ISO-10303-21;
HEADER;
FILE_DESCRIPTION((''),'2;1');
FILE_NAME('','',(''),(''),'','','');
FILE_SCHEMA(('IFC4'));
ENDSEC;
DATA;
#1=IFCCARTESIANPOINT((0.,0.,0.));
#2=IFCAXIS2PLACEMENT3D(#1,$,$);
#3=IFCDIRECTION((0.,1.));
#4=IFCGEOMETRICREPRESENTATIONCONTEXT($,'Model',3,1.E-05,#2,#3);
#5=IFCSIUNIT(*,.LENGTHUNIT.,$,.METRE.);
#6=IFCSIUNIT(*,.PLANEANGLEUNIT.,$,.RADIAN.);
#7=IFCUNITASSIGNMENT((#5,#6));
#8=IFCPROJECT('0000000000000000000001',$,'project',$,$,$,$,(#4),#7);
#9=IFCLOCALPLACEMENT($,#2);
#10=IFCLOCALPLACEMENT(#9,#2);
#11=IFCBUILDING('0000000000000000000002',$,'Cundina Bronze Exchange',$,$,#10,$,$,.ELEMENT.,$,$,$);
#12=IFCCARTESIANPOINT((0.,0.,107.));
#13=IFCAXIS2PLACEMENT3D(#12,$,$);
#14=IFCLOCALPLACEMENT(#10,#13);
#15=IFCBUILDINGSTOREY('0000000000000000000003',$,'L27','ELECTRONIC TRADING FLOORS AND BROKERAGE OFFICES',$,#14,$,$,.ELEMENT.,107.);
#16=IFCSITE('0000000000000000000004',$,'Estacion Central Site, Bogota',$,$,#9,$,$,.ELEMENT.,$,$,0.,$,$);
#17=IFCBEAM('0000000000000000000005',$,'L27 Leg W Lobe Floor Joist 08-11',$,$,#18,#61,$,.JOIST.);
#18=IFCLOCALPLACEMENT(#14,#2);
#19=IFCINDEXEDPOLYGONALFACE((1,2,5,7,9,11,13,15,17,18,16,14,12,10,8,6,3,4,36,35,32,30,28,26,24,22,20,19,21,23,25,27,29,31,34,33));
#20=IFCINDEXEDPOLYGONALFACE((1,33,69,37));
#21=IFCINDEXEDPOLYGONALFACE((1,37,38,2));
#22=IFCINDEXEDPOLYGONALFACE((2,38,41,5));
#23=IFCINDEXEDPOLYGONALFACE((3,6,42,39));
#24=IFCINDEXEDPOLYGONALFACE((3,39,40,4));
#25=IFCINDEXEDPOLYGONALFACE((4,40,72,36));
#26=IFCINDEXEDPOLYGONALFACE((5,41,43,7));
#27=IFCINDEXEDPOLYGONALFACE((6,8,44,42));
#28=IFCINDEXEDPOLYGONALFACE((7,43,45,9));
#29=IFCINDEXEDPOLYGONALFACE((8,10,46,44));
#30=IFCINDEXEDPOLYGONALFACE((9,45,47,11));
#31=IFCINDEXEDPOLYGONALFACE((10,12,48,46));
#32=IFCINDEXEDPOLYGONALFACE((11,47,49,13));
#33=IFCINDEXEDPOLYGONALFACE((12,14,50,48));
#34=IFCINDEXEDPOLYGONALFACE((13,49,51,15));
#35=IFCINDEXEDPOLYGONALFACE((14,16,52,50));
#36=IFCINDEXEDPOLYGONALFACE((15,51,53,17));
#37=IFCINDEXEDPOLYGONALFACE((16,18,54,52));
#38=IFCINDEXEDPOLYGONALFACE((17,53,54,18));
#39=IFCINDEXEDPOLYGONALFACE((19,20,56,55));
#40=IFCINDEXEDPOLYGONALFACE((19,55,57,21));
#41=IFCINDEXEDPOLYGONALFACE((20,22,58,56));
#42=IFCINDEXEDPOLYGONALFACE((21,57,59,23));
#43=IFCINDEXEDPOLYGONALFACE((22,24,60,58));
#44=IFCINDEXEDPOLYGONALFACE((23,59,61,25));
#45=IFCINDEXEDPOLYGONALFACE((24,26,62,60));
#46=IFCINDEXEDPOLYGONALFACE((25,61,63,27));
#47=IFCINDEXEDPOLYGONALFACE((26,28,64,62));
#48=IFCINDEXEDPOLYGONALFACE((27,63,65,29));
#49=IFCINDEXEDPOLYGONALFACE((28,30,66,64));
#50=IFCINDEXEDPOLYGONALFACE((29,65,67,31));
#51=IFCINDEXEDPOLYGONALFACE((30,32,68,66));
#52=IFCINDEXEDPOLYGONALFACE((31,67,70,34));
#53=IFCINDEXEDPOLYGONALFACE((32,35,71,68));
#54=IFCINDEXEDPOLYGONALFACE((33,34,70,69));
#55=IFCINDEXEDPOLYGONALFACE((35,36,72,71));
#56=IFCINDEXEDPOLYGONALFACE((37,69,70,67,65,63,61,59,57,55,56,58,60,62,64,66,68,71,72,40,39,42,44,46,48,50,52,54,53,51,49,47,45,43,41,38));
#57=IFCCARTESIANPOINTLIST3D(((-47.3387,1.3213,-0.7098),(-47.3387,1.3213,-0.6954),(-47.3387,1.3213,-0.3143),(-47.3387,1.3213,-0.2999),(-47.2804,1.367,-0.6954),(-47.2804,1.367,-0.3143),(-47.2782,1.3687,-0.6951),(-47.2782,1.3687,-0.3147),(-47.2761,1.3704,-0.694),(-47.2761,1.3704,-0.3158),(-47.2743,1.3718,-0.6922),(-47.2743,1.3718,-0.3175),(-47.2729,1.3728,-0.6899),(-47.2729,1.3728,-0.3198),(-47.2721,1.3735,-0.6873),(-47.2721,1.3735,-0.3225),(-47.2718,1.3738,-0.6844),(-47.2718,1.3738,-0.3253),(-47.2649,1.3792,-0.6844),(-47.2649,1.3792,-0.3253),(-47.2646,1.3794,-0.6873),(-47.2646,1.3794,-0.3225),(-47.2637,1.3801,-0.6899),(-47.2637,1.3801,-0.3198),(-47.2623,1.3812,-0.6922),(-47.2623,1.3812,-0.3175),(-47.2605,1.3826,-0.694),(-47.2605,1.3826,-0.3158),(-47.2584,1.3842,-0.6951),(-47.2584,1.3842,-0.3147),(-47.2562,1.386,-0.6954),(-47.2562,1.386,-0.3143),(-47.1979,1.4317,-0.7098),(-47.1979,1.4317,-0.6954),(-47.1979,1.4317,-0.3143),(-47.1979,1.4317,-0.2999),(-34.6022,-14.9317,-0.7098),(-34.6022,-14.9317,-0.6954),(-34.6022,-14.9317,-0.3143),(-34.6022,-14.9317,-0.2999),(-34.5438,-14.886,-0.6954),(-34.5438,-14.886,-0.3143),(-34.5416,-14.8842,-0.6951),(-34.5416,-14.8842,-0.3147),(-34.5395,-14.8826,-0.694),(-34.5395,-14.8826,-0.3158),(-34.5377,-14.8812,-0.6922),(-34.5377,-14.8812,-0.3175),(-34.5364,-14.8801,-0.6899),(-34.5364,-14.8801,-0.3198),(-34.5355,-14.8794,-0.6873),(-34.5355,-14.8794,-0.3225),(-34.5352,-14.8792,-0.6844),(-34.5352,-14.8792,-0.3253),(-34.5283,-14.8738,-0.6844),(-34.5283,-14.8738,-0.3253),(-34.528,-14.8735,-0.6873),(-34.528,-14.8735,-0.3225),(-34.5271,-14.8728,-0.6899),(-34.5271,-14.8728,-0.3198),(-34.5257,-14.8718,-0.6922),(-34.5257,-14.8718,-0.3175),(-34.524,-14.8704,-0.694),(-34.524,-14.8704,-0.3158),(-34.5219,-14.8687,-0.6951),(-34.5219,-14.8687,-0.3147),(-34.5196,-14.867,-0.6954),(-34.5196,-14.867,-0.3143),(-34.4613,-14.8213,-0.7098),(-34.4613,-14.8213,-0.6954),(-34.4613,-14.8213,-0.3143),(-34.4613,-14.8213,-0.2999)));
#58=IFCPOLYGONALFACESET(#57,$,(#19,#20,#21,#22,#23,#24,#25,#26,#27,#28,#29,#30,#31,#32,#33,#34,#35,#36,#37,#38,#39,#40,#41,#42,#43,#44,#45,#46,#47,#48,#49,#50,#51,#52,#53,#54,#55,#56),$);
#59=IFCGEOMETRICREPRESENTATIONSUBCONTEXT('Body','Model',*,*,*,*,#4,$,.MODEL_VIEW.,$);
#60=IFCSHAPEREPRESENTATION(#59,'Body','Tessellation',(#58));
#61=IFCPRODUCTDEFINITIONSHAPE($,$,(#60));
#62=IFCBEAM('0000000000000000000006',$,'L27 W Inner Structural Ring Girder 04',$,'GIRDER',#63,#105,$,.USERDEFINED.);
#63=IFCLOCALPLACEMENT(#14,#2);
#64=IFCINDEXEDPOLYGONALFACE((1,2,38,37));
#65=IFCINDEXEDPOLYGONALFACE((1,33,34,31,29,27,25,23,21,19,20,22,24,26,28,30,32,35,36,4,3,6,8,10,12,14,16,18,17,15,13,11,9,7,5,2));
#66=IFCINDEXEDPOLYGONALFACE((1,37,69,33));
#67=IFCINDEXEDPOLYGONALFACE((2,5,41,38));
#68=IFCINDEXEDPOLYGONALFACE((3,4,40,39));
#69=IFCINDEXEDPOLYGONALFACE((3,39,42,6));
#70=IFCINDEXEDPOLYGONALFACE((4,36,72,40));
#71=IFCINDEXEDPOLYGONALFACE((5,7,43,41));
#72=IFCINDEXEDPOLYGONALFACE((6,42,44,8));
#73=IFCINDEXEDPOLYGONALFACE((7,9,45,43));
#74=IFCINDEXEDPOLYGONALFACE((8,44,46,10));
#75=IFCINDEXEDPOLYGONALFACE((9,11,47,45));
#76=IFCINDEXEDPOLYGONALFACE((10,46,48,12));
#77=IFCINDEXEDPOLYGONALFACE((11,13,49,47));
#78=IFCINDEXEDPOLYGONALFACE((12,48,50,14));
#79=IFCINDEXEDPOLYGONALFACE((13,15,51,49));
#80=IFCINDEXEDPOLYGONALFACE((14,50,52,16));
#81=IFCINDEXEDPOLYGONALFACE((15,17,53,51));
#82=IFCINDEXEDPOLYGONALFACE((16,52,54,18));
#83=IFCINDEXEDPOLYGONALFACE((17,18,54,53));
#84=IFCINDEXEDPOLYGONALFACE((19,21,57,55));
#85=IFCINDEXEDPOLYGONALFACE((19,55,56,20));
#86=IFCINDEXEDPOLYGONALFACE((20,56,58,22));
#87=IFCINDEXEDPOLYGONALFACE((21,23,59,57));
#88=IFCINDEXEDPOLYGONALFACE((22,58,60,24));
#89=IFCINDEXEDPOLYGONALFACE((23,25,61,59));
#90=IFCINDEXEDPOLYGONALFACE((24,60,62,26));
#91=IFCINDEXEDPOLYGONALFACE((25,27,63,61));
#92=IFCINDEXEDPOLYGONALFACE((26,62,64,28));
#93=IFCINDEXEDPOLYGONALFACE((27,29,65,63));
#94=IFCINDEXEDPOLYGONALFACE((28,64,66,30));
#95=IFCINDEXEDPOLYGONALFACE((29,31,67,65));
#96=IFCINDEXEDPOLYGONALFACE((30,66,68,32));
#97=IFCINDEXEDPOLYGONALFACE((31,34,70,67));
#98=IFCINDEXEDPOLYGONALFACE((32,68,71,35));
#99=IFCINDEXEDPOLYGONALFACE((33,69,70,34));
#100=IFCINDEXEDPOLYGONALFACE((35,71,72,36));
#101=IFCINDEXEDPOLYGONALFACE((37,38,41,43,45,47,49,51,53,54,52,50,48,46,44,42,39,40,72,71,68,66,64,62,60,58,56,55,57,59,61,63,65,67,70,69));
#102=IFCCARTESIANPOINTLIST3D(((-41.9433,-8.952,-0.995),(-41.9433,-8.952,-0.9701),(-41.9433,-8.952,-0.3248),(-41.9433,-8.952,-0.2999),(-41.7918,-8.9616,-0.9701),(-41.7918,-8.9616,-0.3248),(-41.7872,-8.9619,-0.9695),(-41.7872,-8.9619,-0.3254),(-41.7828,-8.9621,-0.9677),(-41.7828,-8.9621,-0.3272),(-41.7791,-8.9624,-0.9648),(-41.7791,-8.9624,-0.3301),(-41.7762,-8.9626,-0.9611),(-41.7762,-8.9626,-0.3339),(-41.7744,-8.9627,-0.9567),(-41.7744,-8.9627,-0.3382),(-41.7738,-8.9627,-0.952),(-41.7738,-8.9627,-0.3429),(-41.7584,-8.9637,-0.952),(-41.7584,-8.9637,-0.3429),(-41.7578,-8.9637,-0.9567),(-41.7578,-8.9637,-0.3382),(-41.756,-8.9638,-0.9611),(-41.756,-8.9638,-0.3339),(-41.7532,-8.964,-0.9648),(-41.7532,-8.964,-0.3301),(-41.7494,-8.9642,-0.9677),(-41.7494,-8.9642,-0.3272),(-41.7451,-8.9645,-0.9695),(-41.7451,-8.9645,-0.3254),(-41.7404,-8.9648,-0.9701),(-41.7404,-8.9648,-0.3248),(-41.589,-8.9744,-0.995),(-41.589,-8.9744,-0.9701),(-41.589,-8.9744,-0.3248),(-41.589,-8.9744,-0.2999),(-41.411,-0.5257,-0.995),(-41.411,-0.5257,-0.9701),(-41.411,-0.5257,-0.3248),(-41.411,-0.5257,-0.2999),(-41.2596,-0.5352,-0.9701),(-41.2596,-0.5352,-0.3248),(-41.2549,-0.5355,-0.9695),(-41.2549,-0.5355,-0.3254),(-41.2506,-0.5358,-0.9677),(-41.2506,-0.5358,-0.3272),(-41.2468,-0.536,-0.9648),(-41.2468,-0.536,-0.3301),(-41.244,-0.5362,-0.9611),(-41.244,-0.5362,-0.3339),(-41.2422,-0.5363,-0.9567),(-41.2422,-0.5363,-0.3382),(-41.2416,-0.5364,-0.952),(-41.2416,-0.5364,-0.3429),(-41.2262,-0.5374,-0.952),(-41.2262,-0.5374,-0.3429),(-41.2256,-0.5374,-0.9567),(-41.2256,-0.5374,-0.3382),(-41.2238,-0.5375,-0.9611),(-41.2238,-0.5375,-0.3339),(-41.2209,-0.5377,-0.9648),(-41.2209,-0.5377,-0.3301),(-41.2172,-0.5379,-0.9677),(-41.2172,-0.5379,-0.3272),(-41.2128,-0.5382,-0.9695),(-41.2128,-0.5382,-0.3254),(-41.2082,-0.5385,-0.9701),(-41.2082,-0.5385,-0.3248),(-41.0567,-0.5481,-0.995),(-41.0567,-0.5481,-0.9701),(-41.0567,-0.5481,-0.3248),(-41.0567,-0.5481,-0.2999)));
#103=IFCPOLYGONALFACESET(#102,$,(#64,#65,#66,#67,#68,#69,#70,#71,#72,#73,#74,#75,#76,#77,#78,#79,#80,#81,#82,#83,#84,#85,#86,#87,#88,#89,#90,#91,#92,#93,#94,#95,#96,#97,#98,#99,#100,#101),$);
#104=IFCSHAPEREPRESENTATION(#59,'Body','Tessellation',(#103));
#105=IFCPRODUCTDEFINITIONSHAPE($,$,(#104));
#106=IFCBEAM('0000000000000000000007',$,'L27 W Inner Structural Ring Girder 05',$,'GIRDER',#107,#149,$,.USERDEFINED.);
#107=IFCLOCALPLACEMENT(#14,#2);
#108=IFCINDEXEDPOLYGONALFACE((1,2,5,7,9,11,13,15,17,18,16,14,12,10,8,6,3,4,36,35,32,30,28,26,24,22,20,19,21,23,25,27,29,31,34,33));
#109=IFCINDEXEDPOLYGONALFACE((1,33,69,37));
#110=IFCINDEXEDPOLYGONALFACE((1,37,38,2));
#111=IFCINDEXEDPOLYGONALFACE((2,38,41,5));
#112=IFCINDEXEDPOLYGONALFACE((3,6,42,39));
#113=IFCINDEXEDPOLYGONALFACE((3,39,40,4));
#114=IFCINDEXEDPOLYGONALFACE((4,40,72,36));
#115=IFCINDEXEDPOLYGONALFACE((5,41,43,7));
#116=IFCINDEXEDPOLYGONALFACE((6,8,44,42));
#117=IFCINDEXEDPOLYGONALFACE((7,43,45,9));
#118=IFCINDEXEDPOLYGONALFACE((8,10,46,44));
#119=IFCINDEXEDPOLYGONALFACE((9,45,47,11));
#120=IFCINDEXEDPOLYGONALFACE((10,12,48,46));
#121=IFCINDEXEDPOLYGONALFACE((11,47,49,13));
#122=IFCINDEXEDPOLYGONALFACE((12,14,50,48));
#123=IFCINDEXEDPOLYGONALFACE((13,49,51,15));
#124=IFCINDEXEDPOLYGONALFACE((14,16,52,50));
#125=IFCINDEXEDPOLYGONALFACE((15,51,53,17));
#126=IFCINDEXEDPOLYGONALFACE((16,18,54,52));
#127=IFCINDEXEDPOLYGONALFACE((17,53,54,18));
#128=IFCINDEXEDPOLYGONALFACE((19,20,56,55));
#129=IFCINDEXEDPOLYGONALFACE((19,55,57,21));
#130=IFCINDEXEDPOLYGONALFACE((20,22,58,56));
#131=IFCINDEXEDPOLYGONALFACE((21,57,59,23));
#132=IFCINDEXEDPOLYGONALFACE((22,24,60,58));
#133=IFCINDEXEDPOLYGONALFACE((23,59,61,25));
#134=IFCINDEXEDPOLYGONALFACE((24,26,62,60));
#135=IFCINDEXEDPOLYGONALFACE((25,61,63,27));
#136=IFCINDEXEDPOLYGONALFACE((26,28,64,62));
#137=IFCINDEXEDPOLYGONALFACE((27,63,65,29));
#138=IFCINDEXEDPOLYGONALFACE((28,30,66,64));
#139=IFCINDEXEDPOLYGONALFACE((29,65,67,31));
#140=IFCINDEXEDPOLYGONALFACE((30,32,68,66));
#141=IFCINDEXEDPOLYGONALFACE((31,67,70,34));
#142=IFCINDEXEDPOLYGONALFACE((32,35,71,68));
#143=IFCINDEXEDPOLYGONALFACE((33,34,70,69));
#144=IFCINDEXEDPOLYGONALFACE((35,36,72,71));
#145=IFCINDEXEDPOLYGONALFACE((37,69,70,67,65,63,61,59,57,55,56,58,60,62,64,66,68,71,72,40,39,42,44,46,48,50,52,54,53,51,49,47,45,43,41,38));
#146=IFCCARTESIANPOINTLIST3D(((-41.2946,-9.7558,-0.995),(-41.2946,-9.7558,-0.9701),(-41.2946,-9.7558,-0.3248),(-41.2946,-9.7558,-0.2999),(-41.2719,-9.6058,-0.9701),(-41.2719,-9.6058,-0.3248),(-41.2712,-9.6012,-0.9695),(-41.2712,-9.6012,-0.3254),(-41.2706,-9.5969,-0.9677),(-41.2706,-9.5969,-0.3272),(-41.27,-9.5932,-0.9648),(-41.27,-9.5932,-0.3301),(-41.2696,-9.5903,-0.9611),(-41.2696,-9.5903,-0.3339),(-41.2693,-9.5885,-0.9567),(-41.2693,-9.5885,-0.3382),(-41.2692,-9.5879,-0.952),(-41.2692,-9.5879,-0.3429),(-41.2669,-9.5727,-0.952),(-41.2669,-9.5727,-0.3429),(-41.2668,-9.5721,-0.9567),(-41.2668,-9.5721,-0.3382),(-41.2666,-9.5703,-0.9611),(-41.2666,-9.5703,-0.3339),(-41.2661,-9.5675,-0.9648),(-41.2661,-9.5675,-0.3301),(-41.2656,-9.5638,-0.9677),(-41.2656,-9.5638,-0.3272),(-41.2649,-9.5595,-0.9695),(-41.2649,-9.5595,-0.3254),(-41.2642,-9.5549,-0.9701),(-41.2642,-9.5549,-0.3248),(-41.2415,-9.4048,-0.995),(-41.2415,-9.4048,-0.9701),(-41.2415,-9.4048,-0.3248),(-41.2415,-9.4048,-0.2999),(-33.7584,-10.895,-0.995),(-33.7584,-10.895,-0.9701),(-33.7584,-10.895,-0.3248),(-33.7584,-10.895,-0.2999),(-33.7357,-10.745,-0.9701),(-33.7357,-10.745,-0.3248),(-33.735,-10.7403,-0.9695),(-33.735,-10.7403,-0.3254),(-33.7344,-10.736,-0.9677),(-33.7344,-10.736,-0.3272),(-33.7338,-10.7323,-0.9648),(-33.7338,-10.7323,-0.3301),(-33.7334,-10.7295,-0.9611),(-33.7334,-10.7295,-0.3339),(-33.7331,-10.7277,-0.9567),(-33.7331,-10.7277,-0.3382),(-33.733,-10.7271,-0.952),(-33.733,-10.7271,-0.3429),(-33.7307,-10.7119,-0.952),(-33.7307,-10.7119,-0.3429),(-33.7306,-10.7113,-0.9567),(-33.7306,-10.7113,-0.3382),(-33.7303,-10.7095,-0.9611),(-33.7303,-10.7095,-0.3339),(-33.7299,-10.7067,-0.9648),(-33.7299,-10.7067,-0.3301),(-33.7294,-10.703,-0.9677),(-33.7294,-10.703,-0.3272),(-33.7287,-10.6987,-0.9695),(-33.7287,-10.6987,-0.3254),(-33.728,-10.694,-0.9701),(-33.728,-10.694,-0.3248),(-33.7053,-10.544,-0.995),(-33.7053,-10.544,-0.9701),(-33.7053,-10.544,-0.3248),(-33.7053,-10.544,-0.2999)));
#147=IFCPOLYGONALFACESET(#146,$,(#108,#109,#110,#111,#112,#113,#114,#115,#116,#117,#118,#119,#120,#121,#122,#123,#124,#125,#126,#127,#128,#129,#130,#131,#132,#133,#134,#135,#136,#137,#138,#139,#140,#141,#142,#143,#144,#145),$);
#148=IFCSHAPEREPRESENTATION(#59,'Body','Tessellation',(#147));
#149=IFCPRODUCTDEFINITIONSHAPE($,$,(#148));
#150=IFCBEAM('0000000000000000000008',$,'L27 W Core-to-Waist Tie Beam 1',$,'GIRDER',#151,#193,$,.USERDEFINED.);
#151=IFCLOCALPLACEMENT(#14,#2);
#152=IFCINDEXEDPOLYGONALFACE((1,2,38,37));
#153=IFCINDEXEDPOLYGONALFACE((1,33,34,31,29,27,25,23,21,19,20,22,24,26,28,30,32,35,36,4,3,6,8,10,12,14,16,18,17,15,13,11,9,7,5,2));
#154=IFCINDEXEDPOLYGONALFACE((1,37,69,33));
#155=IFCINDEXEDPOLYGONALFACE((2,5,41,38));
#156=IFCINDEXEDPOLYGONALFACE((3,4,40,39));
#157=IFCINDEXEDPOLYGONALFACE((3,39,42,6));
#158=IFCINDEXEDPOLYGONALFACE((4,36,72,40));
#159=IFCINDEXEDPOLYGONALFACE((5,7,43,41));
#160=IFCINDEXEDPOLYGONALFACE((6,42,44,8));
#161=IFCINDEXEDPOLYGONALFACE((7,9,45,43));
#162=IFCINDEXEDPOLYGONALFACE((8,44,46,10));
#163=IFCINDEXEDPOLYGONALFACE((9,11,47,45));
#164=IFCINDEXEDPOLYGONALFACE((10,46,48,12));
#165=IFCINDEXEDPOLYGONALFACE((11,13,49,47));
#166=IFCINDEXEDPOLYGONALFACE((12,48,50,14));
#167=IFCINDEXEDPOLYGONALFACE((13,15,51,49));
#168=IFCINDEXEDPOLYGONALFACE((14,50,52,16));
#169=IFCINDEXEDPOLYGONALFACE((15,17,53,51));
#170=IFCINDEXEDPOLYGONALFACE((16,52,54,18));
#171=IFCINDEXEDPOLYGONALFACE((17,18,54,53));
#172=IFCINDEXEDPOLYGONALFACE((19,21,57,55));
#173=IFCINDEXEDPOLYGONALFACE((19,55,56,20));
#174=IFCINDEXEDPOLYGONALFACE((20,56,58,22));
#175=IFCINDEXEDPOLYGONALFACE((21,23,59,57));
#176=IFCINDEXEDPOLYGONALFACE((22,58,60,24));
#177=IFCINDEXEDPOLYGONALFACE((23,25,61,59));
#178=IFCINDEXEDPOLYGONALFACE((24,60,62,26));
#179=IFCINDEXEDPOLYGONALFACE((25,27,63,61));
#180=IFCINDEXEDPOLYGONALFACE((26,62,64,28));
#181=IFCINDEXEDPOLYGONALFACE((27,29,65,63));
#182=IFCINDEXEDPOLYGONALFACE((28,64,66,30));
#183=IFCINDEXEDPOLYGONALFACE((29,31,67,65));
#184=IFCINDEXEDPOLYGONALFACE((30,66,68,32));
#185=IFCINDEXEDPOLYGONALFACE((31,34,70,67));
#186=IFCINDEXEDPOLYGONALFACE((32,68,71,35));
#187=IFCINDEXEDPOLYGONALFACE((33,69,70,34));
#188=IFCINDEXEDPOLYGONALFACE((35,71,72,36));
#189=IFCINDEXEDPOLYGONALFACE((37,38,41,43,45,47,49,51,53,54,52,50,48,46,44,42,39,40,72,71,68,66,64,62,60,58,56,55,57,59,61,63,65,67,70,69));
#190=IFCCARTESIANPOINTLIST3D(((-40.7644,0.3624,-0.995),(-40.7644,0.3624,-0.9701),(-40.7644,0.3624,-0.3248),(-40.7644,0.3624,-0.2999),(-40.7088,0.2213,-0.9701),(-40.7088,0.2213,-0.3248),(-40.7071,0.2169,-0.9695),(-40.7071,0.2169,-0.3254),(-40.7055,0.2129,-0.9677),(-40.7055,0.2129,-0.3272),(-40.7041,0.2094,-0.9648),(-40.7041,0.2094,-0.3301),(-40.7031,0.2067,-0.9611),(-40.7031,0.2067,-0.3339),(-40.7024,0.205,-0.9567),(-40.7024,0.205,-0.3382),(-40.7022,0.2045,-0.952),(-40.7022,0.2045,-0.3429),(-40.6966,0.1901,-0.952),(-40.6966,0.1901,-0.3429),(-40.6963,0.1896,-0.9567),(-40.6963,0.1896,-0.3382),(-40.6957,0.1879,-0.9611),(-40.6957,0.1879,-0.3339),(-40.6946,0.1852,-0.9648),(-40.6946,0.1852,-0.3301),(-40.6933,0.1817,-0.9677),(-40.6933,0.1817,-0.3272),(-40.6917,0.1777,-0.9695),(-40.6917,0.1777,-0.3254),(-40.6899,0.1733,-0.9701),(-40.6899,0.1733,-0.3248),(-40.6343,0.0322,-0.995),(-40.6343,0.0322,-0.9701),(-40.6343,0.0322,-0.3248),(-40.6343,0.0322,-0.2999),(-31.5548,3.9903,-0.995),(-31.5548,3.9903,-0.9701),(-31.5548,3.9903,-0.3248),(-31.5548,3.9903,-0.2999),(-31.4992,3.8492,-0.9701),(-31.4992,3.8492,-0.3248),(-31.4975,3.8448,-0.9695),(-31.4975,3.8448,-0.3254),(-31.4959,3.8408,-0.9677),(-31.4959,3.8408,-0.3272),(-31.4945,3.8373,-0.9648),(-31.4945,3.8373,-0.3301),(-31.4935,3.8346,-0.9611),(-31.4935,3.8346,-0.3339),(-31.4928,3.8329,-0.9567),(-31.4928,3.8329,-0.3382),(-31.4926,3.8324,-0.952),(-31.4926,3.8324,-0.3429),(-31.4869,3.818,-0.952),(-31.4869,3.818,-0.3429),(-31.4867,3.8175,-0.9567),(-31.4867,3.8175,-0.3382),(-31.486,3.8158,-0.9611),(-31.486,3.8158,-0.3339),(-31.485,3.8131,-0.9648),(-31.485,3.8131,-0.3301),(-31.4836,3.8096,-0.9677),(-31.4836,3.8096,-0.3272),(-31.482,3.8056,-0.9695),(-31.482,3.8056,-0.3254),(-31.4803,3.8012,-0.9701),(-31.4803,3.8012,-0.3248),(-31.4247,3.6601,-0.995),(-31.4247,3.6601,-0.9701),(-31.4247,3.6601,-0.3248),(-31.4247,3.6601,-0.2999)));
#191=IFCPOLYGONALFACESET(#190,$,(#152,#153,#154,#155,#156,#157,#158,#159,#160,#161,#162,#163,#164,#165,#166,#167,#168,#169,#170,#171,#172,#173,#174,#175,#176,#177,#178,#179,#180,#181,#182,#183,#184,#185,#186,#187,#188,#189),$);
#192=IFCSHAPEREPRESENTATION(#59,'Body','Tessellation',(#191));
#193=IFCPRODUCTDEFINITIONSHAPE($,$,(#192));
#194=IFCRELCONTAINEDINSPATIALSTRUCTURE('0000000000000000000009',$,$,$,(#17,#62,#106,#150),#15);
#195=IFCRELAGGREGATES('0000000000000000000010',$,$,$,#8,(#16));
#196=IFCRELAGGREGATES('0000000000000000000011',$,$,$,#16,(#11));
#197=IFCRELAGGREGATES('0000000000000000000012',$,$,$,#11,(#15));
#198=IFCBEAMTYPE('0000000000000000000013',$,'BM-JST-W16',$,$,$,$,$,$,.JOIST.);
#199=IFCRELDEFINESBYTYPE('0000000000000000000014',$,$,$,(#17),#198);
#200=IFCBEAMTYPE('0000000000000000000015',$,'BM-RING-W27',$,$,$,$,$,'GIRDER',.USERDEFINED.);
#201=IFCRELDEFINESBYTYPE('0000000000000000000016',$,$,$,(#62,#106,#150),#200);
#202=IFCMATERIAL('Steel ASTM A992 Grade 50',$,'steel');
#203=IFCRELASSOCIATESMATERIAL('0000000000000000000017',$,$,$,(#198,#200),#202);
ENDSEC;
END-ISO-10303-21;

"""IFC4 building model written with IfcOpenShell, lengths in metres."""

from ifc_helpers import new_model, si_unit, direction, frame, origin, origin_2d, place, context, subcontext, project, spatial, i_section, extrude, material, material_profile, profile_set, type_object, element, save


model = new_model("IFC4")

# Units and contexts
model_context = context("Model", 3, precision=1e-05, world=origin(), true_north=direction((0.0, 1.0)))
body_context = subcontext(model_context, "Body", "Model", "MODEL_VIEW")
ifc_project = project(units=[si_unit("LENGTHUNIT", "METRE"), si_unit("PLANEANGLEUNIT", "RADIAN")], contexts=[model_context])

# Site, building, storey
site_placement = place(None, origin())
site = spatial("IfcSite", under=ifc_project, at=site_placement, Name="Estacion Central Site, Bogota", CompositionType="ELEMENT", RefElevation=0.0)
building_placement = place(site_placement, origin())
building = spatial("IfcBuilding", under=site, at=building_placement, Name="Cundina Bronze Exchange", CompositionType="ELEMENT")
storey_placement = place(building_placement, frame((0.0, 0.0, 107.0)))
storey = spatial("IfcBuildingStorey", under=building, at=storey_placement, Name="L27", Description="ELECTRONIC TRADING FLOORS AND BROKERAGE OFFICES", CompositionType="ELEMENT", Elevation=107.0)

# Shared definitions
ifc_material_1 = material(Name="Steel ASTM A992 Grade 50", Category="steel")

# Beams
ifc_material_profile_1 = material_profile(ifc_material_1, i_section(OverallWidth=0.179, OverallDepth=0.4099, WebThickness=0.0088, FlangeThickness=0.0144, FilletRadius=0.011, at=origin_2d()), Name="W16X45", Category="steel")
ifc_profile_set_1 = profile_set([ifc_material_profile_1], Name="Steel ASTM A992 Grade 50")
beam_type_1 = type_object("IfcBeamType", Name="BM-JST-W16", PredefinedType="JOIST", material=ifc_profile_set_1)
beam_1_placement = place(storey_placement, frame((-47.2683, 1.3765, -0.5049), z_axis=(0.616815, -0.787108, 0.0), x_axis=(0.787108, 0.616815, 0.0)))
element("IfcBeam", 1, at=beam_1_placement, inside=storey, type_object=beam_type_1, Name="L27 Leg W Lobe Floor Joist 08-11", PredefinedType="JOIST", context=body_context, shape_type="SweptSolid", body=[
    extrude(i_section(OverallWidth=0.179, OverallDepth=0.4099, WebThickness=0.0088, FlangeThickness=0.0144, FilletRadius=0.011, at=origin_2d()), origin(), (0.0, 0.0, 1.0), 20.6489),
])
ifc_material_profile_2 = material_profile(ifc_material_1, i_section(OverallWidth=0.355, OverallDepth=0.6951, WebThickness=0.0154, FlangeThickness=0.0249, FilletRadius=0.0181, at=origin_2d()), Name="W27X146", Category="steel")
ifc_profile_set_2 = profile_set([ifc_material_profile_2], Name="Steel ASTM A992 Grade 50")
beam_type_2 = type_object("IfcBeamType", Name="BM-RING-W27", ElementType="GIRDER", PredefinedType="USERDEFINED", material=ifc_profile_set_2)
beam_2_placement = place(storey_placement, frame((-41.2339, -0.5369, -0.6475), z_axis=(-0.063037, -0.998011, 0.0), x_axis=(0.998011, -0.063037, 0.0)))
element("IfcBeam", 2, at=beam_2_placement, inside=storey, type_object=beam_type_2, Name="L27 W Inner Structural Ring Girder 04", ObjectType="GIRDER", PredefinedType="USERDEFINED", context=body_context, shape_type="SweptSolid", body=[
    extrude(i_section(OverallWidth=0.355, OverallDepth=0.6951, WebThickness=0.0154, FlangeThickness=0.0249, FilletRadius=0.0181, at=origin_2d()), origin(), (0.0, 0.0, 1.0), 8.4431),
])
beam_3_placement = place(storey_placement, frame((-41.2681, -9.5803, -0.6475), z_axis=(0.988767, -0.149462, 0.0), x_axis=(0.149462, 0.988767, 0.0)))
element("IfcBeam", 3, at=beam_3_placement, inside=storey, type_object=beam_type_2, Name="L27 W Inner Structural Ring Girder 05", ObjectType="GIRDER", PredefinedType="USERDEFINED", context=body_context, shape_type="SweptSolid", body=[
    extrude(i_section(OverallWidth=0.355, OverallDepth=0.6951, WebThickness=0.0154, FlangeThickness=0.0249, FilletRadius=0.0181, at=origin_2d()), origin(), (0.0, 0.0, 1.0), 7.6218),
])
beam_4_placement = place(storey_placement, frame((-31.4897, 3.8252, -0.6475), z_axis=(-0.930413, -0.366512, 0.0), x_axis=(0.366512, -0.930413, 0.0)))
element("IfcBeam", 4, at=beam_4_placement, inside=storey, type_object=beam_type_2, Name="L27 W Core-to-Waist Tie Beam 1", ObjectType="GIRDER", PredefinedType="USERDEFINED", context=body_context, shape_type="SweptSolid", body=[
    extrude(i_section(OverallWidth=0.355, OverallDepth=0.6951, WebThickness=0.0154, FlangeThickness=0.0249, FilletRadius=0.0181, at=origin_2d()), origin(), (0.0, 0.0, 1.0), 9.8984),
])

save(model, "model.ifc")
